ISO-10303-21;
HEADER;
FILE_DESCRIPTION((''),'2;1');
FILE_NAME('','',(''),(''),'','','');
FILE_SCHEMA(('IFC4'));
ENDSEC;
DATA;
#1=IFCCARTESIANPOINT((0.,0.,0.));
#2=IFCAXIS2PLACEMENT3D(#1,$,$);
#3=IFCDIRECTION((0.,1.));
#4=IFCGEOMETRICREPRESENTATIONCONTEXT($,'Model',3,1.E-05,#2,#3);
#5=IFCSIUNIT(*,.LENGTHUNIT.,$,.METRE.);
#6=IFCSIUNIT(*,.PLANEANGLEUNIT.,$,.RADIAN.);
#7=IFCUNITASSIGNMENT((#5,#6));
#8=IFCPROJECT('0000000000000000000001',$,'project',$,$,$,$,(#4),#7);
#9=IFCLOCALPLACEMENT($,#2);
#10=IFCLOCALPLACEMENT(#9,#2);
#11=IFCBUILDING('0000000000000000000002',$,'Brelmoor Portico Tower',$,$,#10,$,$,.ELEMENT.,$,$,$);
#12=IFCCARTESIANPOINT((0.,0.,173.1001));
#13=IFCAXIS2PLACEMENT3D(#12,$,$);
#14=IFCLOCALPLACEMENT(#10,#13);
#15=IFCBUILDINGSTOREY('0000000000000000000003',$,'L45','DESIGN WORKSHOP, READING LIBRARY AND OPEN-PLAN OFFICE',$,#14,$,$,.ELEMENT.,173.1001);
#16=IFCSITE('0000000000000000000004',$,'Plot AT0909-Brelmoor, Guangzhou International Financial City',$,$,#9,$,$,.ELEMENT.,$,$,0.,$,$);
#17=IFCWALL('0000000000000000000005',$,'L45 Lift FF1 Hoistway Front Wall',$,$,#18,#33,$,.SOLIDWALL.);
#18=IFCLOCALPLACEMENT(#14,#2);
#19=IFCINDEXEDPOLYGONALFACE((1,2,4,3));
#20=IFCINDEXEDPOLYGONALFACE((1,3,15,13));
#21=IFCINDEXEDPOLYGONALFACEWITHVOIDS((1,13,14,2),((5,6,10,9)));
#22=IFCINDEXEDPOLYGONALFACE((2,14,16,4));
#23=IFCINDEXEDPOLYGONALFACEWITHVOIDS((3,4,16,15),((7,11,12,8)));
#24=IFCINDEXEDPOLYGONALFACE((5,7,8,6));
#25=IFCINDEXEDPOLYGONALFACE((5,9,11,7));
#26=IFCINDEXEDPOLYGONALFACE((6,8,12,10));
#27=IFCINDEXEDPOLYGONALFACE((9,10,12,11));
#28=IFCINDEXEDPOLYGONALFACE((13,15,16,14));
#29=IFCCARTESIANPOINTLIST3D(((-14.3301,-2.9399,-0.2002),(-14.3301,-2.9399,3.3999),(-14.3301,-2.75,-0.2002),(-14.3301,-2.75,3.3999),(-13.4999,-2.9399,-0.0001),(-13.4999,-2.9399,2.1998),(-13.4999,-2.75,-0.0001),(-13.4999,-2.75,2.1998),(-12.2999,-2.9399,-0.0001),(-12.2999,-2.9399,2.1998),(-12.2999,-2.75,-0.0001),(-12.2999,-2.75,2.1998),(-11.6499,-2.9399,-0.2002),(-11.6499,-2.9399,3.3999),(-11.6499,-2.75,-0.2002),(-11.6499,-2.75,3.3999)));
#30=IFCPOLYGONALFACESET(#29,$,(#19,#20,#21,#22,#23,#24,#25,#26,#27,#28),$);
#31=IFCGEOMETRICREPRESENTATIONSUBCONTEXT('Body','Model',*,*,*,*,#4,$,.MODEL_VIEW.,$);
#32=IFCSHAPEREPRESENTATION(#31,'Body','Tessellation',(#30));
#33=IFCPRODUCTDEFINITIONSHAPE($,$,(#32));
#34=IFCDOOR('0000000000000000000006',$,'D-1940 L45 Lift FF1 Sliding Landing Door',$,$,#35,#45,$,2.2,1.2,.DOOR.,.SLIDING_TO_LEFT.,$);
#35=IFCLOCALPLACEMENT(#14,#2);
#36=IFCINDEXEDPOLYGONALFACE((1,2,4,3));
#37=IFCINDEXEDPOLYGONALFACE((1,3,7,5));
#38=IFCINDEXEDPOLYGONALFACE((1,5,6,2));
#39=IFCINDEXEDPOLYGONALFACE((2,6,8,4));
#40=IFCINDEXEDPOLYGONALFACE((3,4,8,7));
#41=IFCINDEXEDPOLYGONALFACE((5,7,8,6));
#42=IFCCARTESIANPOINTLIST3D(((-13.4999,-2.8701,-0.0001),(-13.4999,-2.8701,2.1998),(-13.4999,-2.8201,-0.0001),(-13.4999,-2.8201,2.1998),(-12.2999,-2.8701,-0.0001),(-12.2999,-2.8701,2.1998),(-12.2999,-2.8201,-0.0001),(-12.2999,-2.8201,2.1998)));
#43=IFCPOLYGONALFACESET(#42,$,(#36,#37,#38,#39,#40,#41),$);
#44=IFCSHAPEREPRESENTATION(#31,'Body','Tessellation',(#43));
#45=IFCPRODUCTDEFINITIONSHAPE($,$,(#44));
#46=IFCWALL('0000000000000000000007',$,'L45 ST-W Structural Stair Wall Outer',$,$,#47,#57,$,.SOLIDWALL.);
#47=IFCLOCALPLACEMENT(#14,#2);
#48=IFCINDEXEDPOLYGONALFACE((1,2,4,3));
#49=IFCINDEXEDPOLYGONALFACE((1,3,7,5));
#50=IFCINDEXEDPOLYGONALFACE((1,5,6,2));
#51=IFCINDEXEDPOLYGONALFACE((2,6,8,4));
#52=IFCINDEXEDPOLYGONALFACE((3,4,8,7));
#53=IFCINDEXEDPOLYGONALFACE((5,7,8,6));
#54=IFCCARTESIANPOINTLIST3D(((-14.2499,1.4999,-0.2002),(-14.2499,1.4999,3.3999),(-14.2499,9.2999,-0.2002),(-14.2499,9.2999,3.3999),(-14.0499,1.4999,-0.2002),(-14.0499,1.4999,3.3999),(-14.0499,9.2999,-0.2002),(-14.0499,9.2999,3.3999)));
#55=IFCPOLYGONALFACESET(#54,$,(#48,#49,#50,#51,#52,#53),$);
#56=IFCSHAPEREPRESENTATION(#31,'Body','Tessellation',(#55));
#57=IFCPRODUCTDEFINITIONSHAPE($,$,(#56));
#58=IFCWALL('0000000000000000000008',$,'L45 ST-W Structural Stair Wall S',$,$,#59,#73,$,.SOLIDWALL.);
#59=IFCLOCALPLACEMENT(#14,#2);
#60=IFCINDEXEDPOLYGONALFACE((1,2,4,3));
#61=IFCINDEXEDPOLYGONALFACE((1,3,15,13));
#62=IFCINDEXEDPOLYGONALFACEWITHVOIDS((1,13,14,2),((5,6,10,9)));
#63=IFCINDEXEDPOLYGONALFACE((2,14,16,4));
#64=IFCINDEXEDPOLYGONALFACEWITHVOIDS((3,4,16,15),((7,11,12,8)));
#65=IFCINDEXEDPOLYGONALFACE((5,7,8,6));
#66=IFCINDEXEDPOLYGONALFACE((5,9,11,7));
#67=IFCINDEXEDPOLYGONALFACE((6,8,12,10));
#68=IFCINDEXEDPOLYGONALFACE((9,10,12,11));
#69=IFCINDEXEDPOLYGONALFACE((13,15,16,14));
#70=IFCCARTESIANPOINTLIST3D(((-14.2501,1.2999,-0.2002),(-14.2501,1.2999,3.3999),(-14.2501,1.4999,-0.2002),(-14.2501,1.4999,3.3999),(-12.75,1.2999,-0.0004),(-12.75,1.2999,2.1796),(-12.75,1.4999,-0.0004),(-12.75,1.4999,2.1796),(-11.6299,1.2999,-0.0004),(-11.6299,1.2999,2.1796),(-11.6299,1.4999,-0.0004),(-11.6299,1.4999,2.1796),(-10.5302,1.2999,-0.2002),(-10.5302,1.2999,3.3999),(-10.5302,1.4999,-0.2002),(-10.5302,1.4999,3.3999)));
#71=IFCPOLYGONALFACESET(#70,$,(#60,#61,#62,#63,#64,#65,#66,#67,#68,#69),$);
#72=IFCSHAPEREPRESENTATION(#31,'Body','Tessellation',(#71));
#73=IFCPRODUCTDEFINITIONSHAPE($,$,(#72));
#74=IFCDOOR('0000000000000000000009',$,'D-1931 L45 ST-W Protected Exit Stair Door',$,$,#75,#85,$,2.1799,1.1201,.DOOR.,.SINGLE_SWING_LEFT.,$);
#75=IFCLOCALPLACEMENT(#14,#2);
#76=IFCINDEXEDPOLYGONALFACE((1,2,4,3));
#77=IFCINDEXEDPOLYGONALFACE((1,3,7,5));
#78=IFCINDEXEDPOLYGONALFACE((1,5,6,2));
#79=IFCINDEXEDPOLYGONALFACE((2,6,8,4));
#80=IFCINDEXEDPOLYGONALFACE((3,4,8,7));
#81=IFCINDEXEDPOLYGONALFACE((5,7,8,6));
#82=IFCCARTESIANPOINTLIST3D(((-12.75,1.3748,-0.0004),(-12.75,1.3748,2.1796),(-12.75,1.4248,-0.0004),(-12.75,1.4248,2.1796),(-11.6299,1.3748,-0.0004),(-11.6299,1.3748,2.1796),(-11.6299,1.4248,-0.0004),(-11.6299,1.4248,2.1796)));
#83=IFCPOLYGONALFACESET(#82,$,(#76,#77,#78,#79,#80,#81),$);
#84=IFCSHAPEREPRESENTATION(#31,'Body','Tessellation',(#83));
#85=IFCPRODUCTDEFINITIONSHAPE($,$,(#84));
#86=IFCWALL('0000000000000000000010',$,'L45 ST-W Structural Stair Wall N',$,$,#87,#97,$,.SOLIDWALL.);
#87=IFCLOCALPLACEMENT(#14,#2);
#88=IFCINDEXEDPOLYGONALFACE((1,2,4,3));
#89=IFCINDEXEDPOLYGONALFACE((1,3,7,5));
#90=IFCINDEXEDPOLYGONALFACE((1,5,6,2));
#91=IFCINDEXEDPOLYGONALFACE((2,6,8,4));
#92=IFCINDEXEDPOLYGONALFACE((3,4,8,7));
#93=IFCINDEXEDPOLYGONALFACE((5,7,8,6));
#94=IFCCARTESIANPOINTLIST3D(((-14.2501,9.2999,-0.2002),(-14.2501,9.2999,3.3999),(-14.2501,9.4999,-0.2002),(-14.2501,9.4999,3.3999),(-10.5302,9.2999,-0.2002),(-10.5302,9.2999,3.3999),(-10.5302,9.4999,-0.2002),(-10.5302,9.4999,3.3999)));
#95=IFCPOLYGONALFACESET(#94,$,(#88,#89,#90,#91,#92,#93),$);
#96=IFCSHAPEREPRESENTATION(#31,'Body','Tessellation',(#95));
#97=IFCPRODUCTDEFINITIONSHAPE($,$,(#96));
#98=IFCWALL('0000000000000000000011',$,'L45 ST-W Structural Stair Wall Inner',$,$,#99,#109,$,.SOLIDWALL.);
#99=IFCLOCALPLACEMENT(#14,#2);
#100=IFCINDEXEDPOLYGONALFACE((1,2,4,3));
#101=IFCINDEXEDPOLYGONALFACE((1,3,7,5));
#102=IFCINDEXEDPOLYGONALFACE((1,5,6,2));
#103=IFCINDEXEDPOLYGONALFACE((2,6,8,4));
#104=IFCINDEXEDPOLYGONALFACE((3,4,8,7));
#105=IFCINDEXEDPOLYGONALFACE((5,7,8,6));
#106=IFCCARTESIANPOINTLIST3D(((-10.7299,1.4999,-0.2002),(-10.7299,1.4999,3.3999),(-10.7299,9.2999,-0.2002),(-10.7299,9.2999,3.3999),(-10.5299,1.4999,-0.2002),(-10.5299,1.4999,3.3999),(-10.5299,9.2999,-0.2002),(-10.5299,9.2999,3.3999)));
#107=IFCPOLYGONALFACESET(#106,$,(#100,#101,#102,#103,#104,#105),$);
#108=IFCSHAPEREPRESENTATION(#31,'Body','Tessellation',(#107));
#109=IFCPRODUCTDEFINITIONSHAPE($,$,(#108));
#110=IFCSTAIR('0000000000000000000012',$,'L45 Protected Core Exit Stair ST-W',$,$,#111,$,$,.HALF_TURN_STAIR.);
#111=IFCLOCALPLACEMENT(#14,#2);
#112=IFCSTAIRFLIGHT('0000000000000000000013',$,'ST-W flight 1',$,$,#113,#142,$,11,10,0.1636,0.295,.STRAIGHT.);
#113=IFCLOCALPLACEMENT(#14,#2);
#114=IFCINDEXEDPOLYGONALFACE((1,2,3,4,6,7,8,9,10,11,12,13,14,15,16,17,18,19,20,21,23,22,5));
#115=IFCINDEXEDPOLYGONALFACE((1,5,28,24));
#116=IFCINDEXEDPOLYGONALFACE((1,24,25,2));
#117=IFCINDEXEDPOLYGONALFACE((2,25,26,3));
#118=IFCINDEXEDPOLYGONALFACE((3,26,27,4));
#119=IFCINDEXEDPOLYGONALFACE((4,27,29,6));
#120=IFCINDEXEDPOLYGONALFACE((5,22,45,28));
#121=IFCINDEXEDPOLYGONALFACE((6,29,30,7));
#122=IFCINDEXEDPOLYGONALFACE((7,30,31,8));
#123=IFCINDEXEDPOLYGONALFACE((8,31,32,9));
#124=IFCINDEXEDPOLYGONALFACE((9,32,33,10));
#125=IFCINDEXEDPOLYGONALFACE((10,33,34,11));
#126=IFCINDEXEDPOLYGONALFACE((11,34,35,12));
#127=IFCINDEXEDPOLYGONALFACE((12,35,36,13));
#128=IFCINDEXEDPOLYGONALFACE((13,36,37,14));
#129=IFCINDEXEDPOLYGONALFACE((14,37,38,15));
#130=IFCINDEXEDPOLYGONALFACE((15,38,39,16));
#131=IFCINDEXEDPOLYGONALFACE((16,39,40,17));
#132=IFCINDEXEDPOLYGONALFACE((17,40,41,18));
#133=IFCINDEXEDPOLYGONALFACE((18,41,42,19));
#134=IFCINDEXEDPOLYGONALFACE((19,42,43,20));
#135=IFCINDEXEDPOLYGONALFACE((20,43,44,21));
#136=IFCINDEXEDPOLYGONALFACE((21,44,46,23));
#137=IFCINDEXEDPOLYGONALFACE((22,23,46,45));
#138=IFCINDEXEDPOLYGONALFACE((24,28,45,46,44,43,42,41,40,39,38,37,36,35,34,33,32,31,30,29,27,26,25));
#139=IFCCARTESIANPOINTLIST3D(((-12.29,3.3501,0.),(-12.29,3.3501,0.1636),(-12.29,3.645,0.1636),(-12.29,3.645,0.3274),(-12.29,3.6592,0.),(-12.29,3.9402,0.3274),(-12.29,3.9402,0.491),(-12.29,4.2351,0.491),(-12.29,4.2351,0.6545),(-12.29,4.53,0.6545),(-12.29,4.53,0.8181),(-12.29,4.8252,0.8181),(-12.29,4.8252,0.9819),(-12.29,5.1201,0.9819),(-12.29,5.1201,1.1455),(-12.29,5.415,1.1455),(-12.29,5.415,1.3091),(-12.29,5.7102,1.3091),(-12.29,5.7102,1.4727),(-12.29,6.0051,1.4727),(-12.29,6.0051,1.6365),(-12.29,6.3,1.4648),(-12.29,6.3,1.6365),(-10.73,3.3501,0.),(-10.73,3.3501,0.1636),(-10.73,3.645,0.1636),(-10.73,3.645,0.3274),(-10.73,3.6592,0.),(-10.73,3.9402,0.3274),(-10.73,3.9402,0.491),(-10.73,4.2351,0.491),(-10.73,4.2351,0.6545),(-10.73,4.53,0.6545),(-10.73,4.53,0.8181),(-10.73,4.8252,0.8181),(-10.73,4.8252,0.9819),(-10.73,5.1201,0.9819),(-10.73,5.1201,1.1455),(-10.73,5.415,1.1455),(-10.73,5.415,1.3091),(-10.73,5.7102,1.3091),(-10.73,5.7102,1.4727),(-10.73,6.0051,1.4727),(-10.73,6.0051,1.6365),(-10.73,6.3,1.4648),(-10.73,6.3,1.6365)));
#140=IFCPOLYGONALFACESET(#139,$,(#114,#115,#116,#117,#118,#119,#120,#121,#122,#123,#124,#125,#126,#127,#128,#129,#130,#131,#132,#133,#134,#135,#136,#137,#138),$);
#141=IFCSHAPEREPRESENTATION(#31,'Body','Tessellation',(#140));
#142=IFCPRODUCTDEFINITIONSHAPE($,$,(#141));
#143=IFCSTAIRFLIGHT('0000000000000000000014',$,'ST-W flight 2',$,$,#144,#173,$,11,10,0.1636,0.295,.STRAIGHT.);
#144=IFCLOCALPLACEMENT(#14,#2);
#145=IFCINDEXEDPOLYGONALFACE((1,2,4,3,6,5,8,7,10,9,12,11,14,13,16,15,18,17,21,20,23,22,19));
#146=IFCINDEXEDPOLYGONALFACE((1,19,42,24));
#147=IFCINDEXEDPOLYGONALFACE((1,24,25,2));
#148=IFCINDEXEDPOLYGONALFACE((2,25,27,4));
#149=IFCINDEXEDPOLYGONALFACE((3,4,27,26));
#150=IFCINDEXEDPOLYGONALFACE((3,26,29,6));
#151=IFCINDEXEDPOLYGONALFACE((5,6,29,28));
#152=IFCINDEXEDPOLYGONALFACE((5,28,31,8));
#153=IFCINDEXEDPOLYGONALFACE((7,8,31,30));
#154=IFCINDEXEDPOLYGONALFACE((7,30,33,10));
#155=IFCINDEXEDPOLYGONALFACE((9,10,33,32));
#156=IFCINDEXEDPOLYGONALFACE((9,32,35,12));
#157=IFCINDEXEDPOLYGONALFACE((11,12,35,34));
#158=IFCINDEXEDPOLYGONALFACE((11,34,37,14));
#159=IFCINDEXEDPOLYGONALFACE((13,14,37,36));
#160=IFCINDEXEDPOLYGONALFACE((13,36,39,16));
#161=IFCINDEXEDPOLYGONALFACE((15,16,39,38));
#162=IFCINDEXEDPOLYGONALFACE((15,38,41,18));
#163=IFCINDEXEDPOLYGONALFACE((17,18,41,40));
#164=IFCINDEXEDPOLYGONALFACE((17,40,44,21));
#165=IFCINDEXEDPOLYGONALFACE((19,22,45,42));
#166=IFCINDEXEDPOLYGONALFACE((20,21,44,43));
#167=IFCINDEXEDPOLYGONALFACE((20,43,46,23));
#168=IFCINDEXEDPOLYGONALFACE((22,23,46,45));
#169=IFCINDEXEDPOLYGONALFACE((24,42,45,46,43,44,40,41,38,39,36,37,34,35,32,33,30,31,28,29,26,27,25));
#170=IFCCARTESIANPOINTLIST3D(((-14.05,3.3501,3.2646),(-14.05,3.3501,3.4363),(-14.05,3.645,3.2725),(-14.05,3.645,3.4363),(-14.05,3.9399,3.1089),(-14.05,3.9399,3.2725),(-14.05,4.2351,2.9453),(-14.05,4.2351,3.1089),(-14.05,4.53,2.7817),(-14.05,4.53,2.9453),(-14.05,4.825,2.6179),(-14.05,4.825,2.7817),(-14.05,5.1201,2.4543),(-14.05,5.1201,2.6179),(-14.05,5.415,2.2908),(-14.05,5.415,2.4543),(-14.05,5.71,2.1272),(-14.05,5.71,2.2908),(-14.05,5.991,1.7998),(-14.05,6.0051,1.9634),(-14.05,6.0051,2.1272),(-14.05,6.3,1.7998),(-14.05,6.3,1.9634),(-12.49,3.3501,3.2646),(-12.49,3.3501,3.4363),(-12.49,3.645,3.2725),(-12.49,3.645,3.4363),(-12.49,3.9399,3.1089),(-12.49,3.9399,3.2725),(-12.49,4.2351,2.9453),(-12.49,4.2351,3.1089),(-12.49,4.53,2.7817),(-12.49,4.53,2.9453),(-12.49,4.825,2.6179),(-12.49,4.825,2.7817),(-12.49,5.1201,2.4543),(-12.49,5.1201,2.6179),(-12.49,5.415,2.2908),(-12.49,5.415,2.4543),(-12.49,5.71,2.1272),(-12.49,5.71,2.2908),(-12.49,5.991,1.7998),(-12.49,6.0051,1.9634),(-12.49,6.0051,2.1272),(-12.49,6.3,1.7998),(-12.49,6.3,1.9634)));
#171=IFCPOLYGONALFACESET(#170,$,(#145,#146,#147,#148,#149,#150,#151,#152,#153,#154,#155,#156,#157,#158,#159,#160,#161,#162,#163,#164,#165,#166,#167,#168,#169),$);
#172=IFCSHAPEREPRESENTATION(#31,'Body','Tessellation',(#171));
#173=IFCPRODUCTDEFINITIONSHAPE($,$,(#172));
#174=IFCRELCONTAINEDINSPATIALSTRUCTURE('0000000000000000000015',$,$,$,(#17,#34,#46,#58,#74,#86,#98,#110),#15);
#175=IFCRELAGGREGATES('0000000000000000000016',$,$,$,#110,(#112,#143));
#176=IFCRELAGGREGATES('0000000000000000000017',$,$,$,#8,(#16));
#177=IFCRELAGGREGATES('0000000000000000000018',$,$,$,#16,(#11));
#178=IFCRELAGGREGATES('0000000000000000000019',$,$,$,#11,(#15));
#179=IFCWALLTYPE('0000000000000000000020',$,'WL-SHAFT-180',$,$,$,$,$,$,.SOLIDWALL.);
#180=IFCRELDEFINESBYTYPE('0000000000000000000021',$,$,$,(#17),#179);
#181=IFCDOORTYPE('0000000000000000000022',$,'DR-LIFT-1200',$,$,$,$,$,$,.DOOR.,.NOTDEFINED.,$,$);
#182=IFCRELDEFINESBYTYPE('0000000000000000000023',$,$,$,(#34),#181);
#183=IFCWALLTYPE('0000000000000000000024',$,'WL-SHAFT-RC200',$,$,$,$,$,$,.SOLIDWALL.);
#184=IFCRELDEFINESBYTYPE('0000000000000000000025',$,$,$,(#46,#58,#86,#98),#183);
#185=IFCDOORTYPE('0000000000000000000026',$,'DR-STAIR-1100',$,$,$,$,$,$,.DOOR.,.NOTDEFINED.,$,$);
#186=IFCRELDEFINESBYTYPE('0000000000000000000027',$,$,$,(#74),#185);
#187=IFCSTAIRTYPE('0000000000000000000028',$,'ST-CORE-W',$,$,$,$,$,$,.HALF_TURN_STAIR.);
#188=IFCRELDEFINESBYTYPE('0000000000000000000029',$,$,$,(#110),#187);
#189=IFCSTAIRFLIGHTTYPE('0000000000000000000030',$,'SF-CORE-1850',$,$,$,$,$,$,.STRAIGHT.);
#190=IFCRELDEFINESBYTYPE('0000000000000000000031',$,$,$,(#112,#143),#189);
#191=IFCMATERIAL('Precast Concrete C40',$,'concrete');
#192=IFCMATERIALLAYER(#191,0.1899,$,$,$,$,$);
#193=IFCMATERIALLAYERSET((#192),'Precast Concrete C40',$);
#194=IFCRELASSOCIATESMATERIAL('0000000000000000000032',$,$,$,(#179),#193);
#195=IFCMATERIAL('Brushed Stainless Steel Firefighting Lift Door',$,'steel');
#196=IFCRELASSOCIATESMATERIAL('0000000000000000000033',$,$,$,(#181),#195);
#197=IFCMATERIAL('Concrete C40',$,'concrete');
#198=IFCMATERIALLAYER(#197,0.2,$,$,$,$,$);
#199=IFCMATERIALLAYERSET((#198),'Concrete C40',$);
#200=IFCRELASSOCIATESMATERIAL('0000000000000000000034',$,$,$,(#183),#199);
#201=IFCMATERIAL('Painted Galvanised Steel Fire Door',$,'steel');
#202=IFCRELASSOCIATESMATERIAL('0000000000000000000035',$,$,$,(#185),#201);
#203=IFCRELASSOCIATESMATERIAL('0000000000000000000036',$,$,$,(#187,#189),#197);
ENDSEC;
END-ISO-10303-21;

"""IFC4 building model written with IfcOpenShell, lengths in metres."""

from ifc_helpers import new_model, si_unit, direction, frame, frame_2d, origin, place, context, subcontext, project, spatial, polyline, rectangle, outline, extrude, material, layer, layer_set, type_object, element, fill, aggregate, save


model = new_model("IFC4")

# Units and contexts
model_context = context("Model", 3, precision=1e-05, world=origin(), true_north=direction((0.0, 1.0)))
body_context = subcontext(model_context, "Body", "Model", "MODEL_VIEW")
ifc_project = project(units=[si_unit("LENGTHUNIT", "METRE"), si_unit("PLANEANGLEUNIT", "RADIAN")], contexts=[model_context])

# Site, building, storey
site_placement = place(None, origin())
site = spatial("IfcSite", under=ifc_project, at=site_placement, Name="Plot AT0909-Brelmoor, Guangzhou International Financial City", CompositionType="ELEMENT", RefElevation=0.0)
building_placement = place(site_placement, origin())
building = spatial("IfcBuilding", under=site, at=building_placement, Name="Brelmoor Portico Tower", CompositionType="ELEMENT")
storey_placement = place(building_placement, frame((0.0, 0.0, 173.1001)))
storey = spatial("IfcBuildingStorey", under=building, at=storey_placement, Name="L45", Description="DESIGN WORKSHOP, READING LIBRARY AND OPEN-PLAN OFFICE", CompositionType="ELEMENT", Elevation=173.1001)

# Shared definitions
ifc_material_1 = material(Name="Concrete C40", Category="concrete")

# Wall, opening, door
ifc_material_2 = material(Name="Painted Galvanised Steel Fire Door", Category="steel")
ifc_material_3 = material(Name="Precast Concrete C40", Category="concrete")
ifc_layer_1 = layer(ifc_material_3, 0.1899)
ifc_layer_set_1 = layer_set([ifc_layer_1], Name="Precast Concrete C40")
wall_type_1 = type_object("IfcWallType", Name="WL-SHAFT-180", PredefinedType="SOLIDWALL", material=ifc_layer_set_1)
wall_1_placement = place(storey_placement, frame((-14.3301, -2.845, -0.2002), z_axis=(0.0, 0.0, 1.0), x_axis=(1.0, 0.0, 0.0)))
wall_1 = element("IfcWall", 1, at=wall_1_placement, inside=storey, type_object=wall_type_1, Name="L45 Lift FF1 Hoistway Front Wall", PredefinedType="SOLIDWALL", context=body_context, shape_type="SweptSolid", body=[
    extrude(rectangle(XDim=2.6802, YDim=0.1899, at=frame_2d((1.3401, 0.0))), origin(), (0.0, 0.0, 1.0), 3.6001),
])
opening_1_placement = place(wall_1_placement, frame((0.8301, 0.0, 0.2)))
opening_1 = element("IfcOpeningElement", 2, at=opening_1_placement, cuts=wall_1, PredefinedType="OPENING", context=body_context, shape_type="SweptSolid", body=[
    extrude(rectangle(XDim=1.2, YDim=2.2, at=frame_2d((0.6001, 1.1001))), frame((0.0, 0.105, 0.0), z_axis=(0.0, -1.0, 0.0), x_axis=(1.0, 0.0, 0.0)), (0.0, 0.0, 1.0), 0.21),
])
ifc_material_4 = material(Name="Brushed Stainless Steel Firefighting Lift Door", Category="steel")
door_type_1 = type_object("IfcDoorType", Name="DR-LIFT-1200", OperationType="NOTDEFINED", PredefinedType="DOOR", material=ifc_material_4)
door_1_placement = place(opening_1_placement, origin())
door_1 = element("IfcDoor", 3, at=door_1_placement, inside=storey, type_object=door_type_1, Name="D-1940 L45 Lift FF1 Sliding Landing Door", OperationType="SLIDING_TO_LEFT", OverallHeight=2.2, OverallWidth=1.2, PredefinedType="DOOR", context=body_context, shape_type="SweptSolid", body=[
    extrude(rectangle(XDim=1.2, YDim=2.2, at=frame_2d((0.6001, 1.1001))), frame((0.0, 0.0249, 0.0), z_axis=(0.0, -1.0, 0.0), x_axis=(1.0, 0.0, 0.0)), (0.0, 0.0, 1.0), 0.05),
])
fill(opening_1, door_1)

# Wall
ifc_layer_2 = layer(ifc_material_1, 0.2)
ifc_layer_set_2 = layer_set([ifc_layer_2], Name="Concrete C40")
wall_type_2 = type_object("IfcWallType", Name="WL-SHAFT-RC200", PredefinedType="SOLIDWALL", material=ifc_layer_set_2)
wall_2_placement = place(storey_placement, frame((-14.1499, 1.5, -0.2002), z_axis=(0.0, 0.0, 1.0), x_axis=(0.0, 1.0, 0.0)))
element("IfcWall", 4, at=wall_2_placement, inside=storey, type_object=wall_type_2, Name="L45 ST-W Structural Stair Wall Outer", PredefinedType="SOLIDWALL", context=body_context, shape_type="SweptSolid", body=[
    extrude(rectangle(XDim=7.8, YDim=0.2, at=frame_2d((3.8999, 0.0))), origin(), (0.0, 0.0, 1.0), 3.6001),
])

# Wall, opening, door
wall_3_placement = place(storey_placement, frame((-14.25, 1.3999, -0.2002), z_axis=(0.0, 0.0, 1.0), x_axis=(1.0, 0.0, 0.0)))
wall_3 = element("IfcWall", 5, at=wall_3_placement, inside=storey, type_object=wall_type_2, Name="L45 ST-W Structural Stair Wall S", PredefinedType="SOLIDWALL", context=body_context, shape_type="SweptSolid", body=[
    extrude(rectangle(XDim=3.72, YDim=0.2, at=frame_2d((1.8599, 0.0))), origin(), (0.0, 0.0, 1.0), 3.6001),
])
opening_2_placement = place(wall_3_placement, frame((1.5, 0.0, 0.2)))
opening_2 = element("IfcOpeningElement", 6, at=opening_2_placement, cuts=wall_3, PredefinedType="OPENING", context=body_context, shape_type="SweptSolid", body=[
    extrude(rectangle(XDim=1.1201, YDim=2.1799, at=frame_2d((0.5601, 1.0898))), frame((0.0, 0.1099, 0.0), z_axis=(0.0, -1.0, 0.0), x_axis=(1.0, 0.0, 0.0)), (0.0, 0.0, 1.0), 0.22),
])
door_type_2 = type_object("IfcDoorType", Name="DR-STAIR-1100", OperationType="NOTDEFINED", PredefinedType="DOOR", material=ifc_material_2)
door_2_placement = place(opening_2_placement, origin())
door_2 = element("IfcDoor", 7, at=door_2_placement, inside=storey, type_object=door_type_2, Name="D-1931 L45 ST-W Protected Exit Stair Door", OperationType="SINGLE_SWING_LEFT", OverallHeight=2.1799, OverallWidth=1.1201, PredefinedType="DOOR", context=body_context, shape_type="SweptSolid", body=[
    extrude(rectangle(XDim=1.1201, YDim=2.1799, at=frame_2d((0.5601, 1.0898))), frame((0.0, 0.0249, 0.0), z_axis=(0.0, -1.0, 0.0), x_axis=(1.0, 0.0, 0.0)), (0.0, 0.0, 1.0), 0.05),
])
fill(opening_2, door_2)

# Walls
wall_4_placement = place(storey_placement, frame((-14.25, 9.3999, -0.2002), z_axis=(0.0, 0.0, 1.0), x_axis=(1.0, 0.0, 0.0)))
element("IfcWall", 8, at=wall_4_placement, inside=storey, type_object=wall_type_2, Name="L45 ST-W Structural Stair Wall N", PredefinedType="SOLIDWALL", context=body_context, shape_type="SweptSolid", body=[
    extrude(rectangle(XDim=3.72, YDim=0.2, at=frame_2d((1.8599, 0.0))), origin(), (0.0, 0.0, 1.0), 3.6001),
])
wall_5_placement = place(storey_placement, frame((-10.6299, 1.5, -0.2002), z_axis=(0.0, 0.0, 1.0), x_axis=(0.0, 1.0, 0.0)))
element("IfcWall", 9, at=wall_5_placement, inside=storey, type_object=wall_type_2, Name="L45 ST-W Structural Stair Wall Inner", PredefinedType="SOLIDWALL", context=body_context, shape_type="SweptSolid", body=[
    extrude(rectangle(XDim=7.8, YDim=0.2, at=frame_2d((3.8999, 0.0))), origin(), (0.0, 0.0, 1.0), 3.6001),
])

# Stair, stair flights
stair_type = type_object("IfcStairType", Name="ST-CORE-W", PredefinedType="HALF_TURN_STAIR", material=ifc_material_1)
stair_placement = place(storey_placement, origin())
stair = element("IfcStair", 10, at=stair_placement, inside=storey, type_object=stair_type, Name="L45 Protected Core Exit Stair ST-W", PredefinedType="HALF_TURN_STAIR")
stair_flight_type = type_object("IfcStairFlightType", Name="SF-CORE-1850", PredefinedType="STRAIGHT", material=ifc_material_1)
stair_flight_1_placement = place(storey_placement, frame((-11.51, 3.3501, 0.0), z_axis=(0.0, 0.0, 1.0), x_axis=(0.0, 1.0, 0.0)))
stair_flight_1 = element("IfcStairFlight", 11, at=stair_flight_1_placement, type_object=stair_flight_type, Name="ST-W flight 1", NumberOfRisers=11, NumberOfTreads=10, PredefinedType="STRAIGHT", RiserHeight=0.1636, TreadLength=0.295, context=body_context, shape_type="SweptSolid", body=[
    extrude(outline(polyline([(0.0, 0.0), (0.0, 0.1636), (0.2949, 0.1636), (0.2949, 0.3274), (0.5901, 0.3274), (0.5901, 0.491), (0.885, 0.491), (0.885, 0.6545), (1.1799, 0.6545), (1.1799, 0.8181), (1.4751, 0.8181), (1.4751, 0.9819), (1.77, 0.9819), (1.77, 1.1455), (2.0649, 1.1455), (2.0649, 1.3091), (2.3601, 1.3091), (2.3601, 1.4727), (2.655, 1.4727), (2.655, 1.6365), (2.95, 1.6365), (2.95, 1.8), (2.95, 1.4648), (0.3091, 0.0), (0.0, 0.0)])), frame((0.0, 0.78, 0.0), z_axis=(0.0, -1.0, 0.0), x_axis=(1.0, 0.0, 0.0)), (0.0, 0.0, 1.0), 1.5601),
])
stair_flight_2_placement = place(storey_placement, frame((-13.27, 6.3, 1.7998), z_axis=(0.0, 0.0, 1.0), x_axis=(0.0, -1.0, 0.0)))
stair_flight_2 = element("IfcStairFlight", 12, at=stair_flight_2_placement, type_object=stair_flight_type, Name="ST-W flight 2", NumberOfRisers=11, NumberOfTreads=10, PredefinedType="STRAIGHT", RiserHeight=0.1636, TreadLength=0.295, context=body_context, shape_type="SweptSolid", body=[
    extrude(outline(polyline([(0.0, 0.0), (0.0, 0.1636), (0.2949, 0.1636), (0.2949, 0.3274), (0.5901, 0.3274), (0.5901, 0.491), (0.885, 0.491), (0.885, 0.6545), (1.1799, 0.6545), (1.1799, 0.8181), (1.4751, 0.8181), (1.4751, 0.9819), (1.77, 0.9819), (1.77, 1.1455), (2.0649, 1.1455), (2.0649, 1.3091), (2.3601, 1.3091), (2.3601, 1.4727), (2.655, 1.4727), (2.655, 1.6365), (2.95, 1.6365), (2.95, 1.8), (2.95, 1.4648), (0.3091, 0.0), (0.0, 0.0)])), frame((0.0, 0.78, 0.0), z_axis=(0.0, -1.0, 0.0), x_axis=(1.0, 0.0, 0.0)), (0.0, 0.0, 1.0), 1.5601),
])
aggregate(stair, [stair_flight_1, stair_flight_2])

save(model, "model.ifc")
